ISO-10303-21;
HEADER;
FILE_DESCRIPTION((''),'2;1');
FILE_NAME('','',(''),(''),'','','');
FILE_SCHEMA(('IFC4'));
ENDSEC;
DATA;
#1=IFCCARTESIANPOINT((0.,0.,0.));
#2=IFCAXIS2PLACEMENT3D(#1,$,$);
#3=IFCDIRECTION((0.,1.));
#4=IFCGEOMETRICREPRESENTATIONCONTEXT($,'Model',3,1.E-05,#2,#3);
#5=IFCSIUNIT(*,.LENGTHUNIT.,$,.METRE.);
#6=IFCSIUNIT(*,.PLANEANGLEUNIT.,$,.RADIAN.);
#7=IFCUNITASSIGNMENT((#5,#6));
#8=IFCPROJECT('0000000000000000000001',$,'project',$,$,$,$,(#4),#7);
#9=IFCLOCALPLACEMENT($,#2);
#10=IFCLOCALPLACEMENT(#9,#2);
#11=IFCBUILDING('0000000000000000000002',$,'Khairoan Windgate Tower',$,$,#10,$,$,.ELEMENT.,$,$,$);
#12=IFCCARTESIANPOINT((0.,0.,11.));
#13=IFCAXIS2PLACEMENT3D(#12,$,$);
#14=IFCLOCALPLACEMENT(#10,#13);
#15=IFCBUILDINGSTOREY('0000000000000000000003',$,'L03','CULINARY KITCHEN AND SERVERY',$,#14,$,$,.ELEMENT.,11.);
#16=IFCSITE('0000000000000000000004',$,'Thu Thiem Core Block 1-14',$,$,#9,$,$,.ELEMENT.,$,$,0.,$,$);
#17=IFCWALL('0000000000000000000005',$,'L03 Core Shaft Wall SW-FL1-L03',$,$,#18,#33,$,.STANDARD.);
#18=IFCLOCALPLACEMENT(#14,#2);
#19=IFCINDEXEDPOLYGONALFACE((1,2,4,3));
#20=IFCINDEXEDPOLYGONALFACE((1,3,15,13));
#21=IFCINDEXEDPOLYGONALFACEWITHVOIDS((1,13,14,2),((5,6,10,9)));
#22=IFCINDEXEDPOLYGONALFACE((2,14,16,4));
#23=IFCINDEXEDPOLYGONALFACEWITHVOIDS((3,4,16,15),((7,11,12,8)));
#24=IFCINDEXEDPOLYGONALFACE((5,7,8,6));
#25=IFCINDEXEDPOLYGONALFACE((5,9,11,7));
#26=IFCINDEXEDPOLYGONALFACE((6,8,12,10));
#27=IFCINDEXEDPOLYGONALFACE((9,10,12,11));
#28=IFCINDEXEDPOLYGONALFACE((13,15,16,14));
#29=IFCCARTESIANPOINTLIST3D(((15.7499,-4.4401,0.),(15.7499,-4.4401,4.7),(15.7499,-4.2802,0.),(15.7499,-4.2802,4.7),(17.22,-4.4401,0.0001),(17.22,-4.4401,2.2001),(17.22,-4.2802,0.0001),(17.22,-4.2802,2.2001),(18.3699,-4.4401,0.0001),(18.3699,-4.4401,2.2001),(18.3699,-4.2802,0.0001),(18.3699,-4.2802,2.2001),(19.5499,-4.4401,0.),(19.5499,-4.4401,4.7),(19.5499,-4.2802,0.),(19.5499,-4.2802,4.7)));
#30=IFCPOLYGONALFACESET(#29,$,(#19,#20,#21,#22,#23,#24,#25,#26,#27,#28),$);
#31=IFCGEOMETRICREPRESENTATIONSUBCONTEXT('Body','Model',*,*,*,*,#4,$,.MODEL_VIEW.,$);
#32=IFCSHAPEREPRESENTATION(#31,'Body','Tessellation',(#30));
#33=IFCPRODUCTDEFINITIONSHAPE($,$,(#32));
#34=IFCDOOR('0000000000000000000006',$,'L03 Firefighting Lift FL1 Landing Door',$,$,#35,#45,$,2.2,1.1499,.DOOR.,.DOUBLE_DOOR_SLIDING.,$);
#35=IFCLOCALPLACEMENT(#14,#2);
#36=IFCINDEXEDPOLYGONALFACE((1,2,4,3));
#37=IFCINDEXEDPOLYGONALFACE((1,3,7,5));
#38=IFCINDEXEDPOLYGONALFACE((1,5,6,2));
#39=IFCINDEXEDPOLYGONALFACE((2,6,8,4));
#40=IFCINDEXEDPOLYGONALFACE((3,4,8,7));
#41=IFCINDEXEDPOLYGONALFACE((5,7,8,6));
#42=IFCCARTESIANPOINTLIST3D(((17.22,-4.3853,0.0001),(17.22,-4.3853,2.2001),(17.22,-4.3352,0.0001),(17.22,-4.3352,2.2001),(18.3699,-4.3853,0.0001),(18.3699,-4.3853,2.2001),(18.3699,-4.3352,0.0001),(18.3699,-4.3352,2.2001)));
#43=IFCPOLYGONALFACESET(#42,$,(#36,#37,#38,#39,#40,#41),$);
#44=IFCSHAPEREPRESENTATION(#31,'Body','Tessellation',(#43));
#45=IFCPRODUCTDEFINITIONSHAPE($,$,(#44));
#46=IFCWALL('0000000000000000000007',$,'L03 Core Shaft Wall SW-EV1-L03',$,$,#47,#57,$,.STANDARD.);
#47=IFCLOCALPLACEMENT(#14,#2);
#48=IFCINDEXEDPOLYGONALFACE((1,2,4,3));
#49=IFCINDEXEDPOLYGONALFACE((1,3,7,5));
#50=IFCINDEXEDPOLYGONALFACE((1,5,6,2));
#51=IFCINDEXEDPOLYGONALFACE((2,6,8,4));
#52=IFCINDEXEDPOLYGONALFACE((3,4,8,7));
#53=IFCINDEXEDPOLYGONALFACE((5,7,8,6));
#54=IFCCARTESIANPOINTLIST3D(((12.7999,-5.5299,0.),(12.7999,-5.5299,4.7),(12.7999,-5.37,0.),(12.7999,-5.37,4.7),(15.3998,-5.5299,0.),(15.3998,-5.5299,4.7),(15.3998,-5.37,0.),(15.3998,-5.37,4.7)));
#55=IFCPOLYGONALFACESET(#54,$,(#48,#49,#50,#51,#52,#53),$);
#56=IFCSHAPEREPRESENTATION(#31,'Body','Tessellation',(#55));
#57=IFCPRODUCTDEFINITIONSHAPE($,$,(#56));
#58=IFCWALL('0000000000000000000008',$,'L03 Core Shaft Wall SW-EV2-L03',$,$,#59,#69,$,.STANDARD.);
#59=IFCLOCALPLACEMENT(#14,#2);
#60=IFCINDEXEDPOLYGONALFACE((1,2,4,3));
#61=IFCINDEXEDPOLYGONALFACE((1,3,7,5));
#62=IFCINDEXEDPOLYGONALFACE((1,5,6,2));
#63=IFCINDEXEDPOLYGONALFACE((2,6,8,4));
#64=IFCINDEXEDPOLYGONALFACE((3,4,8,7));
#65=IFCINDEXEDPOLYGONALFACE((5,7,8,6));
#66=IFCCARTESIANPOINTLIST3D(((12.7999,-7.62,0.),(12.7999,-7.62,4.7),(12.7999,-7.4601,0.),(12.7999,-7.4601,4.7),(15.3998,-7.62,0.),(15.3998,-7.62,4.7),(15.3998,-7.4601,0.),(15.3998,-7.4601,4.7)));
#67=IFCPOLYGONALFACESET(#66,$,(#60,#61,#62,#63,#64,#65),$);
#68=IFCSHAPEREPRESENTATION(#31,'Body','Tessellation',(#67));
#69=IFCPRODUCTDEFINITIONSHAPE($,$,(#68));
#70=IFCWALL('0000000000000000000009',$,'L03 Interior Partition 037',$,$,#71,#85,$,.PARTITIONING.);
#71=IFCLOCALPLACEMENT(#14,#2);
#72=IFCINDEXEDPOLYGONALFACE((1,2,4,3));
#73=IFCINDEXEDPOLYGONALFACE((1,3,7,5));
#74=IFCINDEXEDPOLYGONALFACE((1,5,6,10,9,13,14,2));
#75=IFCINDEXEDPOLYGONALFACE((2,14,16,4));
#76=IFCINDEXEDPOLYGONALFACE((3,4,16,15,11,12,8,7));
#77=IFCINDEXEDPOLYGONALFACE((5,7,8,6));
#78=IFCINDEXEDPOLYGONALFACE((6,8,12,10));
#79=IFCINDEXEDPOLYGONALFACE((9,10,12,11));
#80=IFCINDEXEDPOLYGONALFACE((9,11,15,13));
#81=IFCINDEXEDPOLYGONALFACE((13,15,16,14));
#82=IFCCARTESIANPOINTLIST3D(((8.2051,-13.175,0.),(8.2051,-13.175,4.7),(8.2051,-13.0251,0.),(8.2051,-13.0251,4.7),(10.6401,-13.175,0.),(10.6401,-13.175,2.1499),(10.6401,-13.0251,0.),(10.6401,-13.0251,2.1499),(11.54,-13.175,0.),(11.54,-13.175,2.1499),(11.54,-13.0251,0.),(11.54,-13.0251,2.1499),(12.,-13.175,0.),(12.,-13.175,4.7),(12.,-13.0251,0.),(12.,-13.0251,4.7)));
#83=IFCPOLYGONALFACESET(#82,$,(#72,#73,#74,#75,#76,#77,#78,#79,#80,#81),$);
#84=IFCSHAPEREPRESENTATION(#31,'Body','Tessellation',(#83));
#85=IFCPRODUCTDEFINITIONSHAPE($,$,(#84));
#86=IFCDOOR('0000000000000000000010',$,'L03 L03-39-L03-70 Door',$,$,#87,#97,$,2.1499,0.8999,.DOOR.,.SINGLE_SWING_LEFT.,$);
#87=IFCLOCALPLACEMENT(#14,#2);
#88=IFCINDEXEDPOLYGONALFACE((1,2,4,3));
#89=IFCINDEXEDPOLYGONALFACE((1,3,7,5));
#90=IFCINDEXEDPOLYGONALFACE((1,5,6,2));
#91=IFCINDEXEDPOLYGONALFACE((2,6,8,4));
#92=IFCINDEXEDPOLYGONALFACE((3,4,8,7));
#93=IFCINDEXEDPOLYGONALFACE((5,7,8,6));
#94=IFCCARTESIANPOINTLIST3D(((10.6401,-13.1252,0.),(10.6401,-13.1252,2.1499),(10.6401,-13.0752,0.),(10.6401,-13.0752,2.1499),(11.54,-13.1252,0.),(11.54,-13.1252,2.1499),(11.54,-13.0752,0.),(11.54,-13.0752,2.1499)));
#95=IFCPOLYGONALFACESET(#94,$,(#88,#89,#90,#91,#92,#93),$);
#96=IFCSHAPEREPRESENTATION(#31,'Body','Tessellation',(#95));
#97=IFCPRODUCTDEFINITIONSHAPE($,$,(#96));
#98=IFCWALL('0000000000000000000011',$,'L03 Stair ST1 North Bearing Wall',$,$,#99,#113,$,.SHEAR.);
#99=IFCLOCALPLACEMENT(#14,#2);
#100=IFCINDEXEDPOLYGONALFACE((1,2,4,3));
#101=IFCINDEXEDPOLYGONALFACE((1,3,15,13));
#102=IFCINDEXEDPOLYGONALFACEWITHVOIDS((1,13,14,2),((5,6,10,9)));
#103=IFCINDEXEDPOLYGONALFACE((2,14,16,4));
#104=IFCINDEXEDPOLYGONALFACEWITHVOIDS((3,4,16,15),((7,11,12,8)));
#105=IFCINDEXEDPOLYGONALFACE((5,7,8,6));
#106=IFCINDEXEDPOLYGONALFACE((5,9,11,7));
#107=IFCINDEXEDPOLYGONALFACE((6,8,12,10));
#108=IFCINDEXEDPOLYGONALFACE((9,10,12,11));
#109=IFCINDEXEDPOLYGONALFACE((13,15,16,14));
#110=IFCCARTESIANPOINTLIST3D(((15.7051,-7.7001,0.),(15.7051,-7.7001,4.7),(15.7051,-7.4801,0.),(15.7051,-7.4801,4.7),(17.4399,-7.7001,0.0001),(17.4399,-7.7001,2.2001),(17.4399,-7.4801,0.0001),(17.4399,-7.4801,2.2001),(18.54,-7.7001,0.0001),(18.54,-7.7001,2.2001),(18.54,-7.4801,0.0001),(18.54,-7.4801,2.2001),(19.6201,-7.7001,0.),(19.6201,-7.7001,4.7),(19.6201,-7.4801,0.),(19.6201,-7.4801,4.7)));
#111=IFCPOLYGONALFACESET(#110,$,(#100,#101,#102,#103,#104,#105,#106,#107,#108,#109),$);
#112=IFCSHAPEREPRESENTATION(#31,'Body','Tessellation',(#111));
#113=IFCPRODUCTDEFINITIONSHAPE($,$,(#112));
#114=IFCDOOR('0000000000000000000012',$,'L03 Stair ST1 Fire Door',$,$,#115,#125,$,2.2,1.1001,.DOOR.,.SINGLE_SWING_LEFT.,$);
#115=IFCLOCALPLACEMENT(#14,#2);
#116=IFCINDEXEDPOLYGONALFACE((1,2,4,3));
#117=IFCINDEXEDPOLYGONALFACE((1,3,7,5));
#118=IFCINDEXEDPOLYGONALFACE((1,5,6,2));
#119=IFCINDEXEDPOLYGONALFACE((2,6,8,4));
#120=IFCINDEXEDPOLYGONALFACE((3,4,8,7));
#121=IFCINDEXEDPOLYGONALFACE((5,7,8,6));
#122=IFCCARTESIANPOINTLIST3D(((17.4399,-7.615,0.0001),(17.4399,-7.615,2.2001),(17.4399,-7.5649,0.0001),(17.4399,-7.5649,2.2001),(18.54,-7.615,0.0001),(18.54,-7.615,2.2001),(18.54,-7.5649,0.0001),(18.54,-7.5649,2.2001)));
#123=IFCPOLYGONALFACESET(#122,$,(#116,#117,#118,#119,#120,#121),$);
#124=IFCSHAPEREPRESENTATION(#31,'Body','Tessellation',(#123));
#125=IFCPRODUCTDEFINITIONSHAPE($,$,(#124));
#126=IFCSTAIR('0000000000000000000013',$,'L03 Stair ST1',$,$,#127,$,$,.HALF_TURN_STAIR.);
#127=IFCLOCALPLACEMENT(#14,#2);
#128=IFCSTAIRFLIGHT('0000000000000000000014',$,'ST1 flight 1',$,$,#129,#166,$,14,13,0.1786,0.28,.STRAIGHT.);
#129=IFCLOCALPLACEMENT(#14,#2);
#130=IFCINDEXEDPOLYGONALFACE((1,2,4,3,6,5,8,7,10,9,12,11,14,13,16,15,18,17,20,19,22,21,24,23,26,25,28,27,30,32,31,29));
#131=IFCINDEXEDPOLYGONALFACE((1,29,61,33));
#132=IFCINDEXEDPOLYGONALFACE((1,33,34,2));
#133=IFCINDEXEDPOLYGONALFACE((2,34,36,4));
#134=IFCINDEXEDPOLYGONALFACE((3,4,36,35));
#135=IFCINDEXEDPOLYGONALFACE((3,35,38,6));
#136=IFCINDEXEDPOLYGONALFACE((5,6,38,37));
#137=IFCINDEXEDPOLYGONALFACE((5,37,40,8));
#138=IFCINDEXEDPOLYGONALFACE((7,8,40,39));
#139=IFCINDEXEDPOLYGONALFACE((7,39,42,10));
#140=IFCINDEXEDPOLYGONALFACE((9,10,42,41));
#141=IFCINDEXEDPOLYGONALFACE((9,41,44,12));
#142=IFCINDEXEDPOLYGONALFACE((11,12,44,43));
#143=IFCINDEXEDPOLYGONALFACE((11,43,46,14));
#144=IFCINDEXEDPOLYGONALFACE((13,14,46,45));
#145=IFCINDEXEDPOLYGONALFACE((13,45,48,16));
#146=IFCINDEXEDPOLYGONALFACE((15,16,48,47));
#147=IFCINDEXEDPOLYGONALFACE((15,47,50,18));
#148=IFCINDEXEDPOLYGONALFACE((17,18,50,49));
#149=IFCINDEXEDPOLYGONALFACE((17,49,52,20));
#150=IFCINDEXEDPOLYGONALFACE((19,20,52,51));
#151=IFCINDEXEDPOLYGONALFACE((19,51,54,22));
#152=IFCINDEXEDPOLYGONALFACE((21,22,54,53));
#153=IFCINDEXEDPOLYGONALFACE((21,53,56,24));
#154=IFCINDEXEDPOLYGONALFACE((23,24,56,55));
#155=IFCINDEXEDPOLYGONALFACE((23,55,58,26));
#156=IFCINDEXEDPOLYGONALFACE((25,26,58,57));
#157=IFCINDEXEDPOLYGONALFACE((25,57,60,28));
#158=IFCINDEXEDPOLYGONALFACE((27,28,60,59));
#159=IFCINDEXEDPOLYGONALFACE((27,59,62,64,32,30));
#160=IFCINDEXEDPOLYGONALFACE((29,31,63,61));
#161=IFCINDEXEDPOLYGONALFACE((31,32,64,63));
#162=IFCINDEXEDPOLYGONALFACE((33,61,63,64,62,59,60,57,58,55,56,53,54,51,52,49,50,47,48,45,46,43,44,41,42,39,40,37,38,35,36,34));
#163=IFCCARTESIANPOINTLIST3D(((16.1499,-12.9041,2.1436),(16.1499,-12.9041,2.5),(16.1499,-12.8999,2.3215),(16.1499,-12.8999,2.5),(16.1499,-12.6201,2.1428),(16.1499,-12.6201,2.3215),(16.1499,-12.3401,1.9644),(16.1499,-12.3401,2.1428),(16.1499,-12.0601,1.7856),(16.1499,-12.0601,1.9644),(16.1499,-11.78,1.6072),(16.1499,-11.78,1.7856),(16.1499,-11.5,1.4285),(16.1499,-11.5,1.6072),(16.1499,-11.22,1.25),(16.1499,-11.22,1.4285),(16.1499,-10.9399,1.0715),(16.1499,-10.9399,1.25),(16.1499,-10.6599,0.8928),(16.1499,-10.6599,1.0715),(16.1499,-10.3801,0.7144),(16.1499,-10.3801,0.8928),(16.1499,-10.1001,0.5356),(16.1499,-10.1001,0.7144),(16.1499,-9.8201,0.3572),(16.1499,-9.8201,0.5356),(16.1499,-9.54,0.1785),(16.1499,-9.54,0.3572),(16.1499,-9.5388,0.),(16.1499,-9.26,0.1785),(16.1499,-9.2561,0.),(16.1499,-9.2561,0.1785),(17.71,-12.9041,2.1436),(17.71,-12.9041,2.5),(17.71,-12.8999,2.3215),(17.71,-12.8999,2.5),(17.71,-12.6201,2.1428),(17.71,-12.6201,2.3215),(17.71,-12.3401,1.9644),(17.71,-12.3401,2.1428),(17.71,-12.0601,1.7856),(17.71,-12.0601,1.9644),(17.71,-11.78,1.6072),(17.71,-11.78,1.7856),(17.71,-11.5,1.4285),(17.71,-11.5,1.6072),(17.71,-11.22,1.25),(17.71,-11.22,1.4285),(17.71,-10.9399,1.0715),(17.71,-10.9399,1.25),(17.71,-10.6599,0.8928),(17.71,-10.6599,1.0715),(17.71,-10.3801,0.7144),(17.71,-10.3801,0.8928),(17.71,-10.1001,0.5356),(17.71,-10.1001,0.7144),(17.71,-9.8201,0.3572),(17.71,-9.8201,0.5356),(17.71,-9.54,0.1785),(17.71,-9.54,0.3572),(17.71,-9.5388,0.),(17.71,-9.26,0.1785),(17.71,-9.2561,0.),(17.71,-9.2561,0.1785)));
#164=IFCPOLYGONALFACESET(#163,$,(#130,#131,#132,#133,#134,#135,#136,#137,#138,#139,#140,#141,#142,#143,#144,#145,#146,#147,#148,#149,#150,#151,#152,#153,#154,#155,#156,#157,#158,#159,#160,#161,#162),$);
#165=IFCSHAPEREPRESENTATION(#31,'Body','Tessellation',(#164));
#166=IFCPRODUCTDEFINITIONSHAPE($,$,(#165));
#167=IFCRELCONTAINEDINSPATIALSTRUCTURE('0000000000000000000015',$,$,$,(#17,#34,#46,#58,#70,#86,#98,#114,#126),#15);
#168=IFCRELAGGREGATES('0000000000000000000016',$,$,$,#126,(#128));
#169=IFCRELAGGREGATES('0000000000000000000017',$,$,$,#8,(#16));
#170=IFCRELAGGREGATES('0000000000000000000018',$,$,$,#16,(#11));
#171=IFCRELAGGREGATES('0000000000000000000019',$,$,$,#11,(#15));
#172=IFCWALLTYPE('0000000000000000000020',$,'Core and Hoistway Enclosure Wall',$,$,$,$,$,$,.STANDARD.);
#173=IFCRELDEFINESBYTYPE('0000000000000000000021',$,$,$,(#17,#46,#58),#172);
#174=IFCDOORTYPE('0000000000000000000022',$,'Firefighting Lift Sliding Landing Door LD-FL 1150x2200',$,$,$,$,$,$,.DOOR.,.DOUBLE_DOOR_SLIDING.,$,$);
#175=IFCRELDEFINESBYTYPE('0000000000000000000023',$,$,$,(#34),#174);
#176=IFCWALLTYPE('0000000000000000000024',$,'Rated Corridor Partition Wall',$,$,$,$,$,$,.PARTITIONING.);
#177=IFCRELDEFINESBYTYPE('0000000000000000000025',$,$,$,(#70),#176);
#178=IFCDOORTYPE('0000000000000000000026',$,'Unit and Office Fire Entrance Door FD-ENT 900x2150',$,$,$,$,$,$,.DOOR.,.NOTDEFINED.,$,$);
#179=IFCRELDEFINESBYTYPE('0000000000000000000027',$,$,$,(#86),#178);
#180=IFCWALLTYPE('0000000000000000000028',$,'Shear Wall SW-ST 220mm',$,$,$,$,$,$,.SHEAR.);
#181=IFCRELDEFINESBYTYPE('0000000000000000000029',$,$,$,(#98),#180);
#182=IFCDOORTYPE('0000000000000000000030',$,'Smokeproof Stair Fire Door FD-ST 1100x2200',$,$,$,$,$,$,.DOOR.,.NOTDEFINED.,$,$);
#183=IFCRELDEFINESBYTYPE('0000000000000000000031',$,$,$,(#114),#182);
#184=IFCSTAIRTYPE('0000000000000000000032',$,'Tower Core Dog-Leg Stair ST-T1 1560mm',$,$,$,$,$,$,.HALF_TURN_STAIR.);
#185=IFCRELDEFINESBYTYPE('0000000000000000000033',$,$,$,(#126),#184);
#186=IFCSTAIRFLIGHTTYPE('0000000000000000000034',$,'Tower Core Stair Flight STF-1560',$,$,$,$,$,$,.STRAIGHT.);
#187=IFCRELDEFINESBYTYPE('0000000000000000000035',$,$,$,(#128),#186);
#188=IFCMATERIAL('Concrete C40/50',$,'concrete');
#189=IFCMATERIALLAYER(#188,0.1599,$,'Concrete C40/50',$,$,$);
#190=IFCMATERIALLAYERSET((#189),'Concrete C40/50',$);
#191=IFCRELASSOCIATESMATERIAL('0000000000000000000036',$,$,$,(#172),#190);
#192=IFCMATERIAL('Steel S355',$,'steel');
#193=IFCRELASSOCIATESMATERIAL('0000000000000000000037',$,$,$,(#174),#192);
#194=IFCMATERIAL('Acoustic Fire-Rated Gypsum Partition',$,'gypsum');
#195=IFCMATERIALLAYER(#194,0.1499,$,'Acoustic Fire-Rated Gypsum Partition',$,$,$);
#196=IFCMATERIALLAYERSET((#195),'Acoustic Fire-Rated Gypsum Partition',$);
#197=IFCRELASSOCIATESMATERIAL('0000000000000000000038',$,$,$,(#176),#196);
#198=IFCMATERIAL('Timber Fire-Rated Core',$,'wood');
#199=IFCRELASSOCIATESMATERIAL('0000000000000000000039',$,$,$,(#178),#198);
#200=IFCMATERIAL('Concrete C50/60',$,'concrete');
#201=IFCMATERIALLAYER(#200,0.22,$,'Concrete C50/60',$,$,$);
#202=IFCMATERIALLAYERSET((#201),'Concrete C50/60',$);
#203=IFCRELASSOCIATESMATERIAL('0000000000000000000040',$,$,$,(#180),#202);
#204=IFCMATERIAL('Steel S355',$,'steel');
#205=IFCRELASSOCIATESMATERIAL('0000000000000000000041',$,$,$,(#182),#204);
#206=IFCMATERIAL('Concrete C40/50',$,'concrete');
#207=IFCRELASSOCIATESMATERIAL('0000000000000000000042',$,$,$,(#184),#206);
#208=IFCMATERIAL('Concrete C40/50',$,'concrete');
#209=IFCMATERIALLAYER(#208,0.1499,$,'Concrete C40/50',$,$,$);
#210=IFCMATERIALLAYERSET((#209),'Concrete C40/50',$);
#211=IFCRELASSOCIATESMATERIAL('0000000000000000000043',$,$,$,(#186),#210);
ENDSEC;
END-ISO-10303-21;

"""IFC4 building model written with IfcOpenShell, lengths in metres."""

from ifc_helpers import new_model, si_unit, direction, frame, frame_2d, origin, place, context, subcontext, project, spatial, polyline, rectangle, outline, extrude, material, layer, layer_set, type_object, element, fill, aggregate, save


model = new_model("IFC4")

# Units and contexts
model_context = context("Model", 3, precision=1e-05, world=origin(), true_north=direction((0.0, 1.0)))
body_context = subcontext(model_context, "Body", "Model", "MODEL_VIEW")
ifc_project = project(units=[si_unit("LENGTHUNIT", "METRE"), si_unit("PLANEANGLEUNIT", "RADIAN")], contexts=[model_context])

# Site, building, storey
site_placement = place(None, origin())
site = spatial("IfcSite", under=ifc_project, at=site_placement, Name="Thu Thiem Core Block 1-14", CompositionType="ELEMENT", RefElevation=0.0)
building_placement = place(site_placement, origin())
building = spatial("IfcBuilding", under=site, at=building_placement, Name="Khairoan Windgate Tower", CompositionType="ELEMENT")
storey_placement = place(building_placement, frame((0.0, 0.0, 11.0)))
storey = spatial("IfcBuildingStorey", under=building, at=storey_placement, Name="L03", Description="CULINARY KITCHEN AND SERVERY", CompositionType="ELEMENT", Elevation=11.0)

# Wall, opening, door
ifc_material_1 = material(Name="Concrete C40/50", Category="concrete")
ifc_layer_1 = layer(ifc_material_1, 0.1599, Name="Concrete C40/50")
ifc_layer_set_1 = layer_set([ifc_layer_1], Name="Concrete C40/50")
wall_type_1 = type_object("IfcWallType", Name="Core and Hoistway Enclosure Wall", PredefinedType="STANDARD", material=ifc_layer_set_1)
wall_1_placement = place(storey_placement, frame((15.75, -4.3601, 0.0), z_axis=(0.0, 0.0, 1.0), x_axis=(1.0, 0.0, 0.0)))
wall_1 = element("IfcWall", 1, at=wall_1_placement, inside=storey, type_object=wall_type_1, Name="L03 Core Shaft Wall SW-FL1-L03", PredefinedType="STANDARD", context=body_context, shape_type="SweptSolid", body=[
    extrude(rectangle(XDim=3.8, YDim=0.1599, at=frame_2d((1.8999, 0.0))), origin(), (0.0, 0.0, 1.0), 4.7),
])
opening_1_placement = place(wall_1_placement, frame((1.47, 0.0, 0.0)))
opening_1 = element("IfcOpeningElement", 2, at=opening_1_placement, cuts=wall_1, PredefinedType="OPENING", context=body_context, shape_type="SweptSolid", body=[
    extrude(rectangle(XDim=1.1499, YDim=2.2, at=frame_2d((0.575, 1.1001))), frame((0.0, 0.0898, 0.0), z_axis=(0.0, -1.0, 0.0), x_axis=(1.0, 0.0, 0.0)), (0.0, 0.0, 1.0), 0.1799),
])
ifc_material_2 = material(Name="Steel S355", Category="steel")
door_type_1 = type_object("IfcDoorType", Name="Firefighting Lift Sliding Landing Door LD-FL 1150x2200", OperationType="DOUBLE_DOOR_SLIDING", PredefinedType="DOOR", material=ifc_material_2)
door_1_placement = place(opening_1_placement, origin())
door_1 = element("IfcDoor", 3, at=door_1_placement, inside=storey, type_object=door_type_1, Name="L03 Firefighting Lift FL1 Landing Door", OperationType="DOUBLE_DOOR_SLIDING", OverallHeight=2.2, OverallWidth=1.1499, PredefinedType="DOOR", context=body_context, shape_type="SweptSolid", body=[
    extrude(rectangle(XDim=1.1499, YDim=2.2, at=frame_2d((0.575, 1.1001))), frame((0.0, 0.0249, 0.0), z_axis=(0.0, -1.0, 0.0), x_axis=(1.0, 0.0, 0.0)), (0.0, 0.0, 1.0), 0.05),
])
fill(opening_1, door_1)

# Walls
for number, where, z_axis, x_axis, name in (
    (4, (12.8, -5.45, 0.0), (0.0, 0.0, 1.0), (1.0, 0.0, 0.0), "L03 Core Shaft Wall SW-EV1-L03"),
    (5, (12.8, -7.54, 0.0), (0.0, 0.0, 1.0), (1.0, 0.0, 0.0), "L03 Core Shaft Wall SW-EV2-L03"),
):
    element("IfcWall", number, at=place(storey_placement, frame(where, z_axis=z_axis, x_axis=x_axis)), inside=storey, type_object=wall_type_1, Name=name, PredefinedType="STANDARD", context=body_context, shape_type="SweptSolid", body=[
        extrude(rectangle(XDim=2.5999, YDim=0.1599, at=frame_2d((1.2998, 0.0))), origin(), (0.0, 0.0, 1.0), 4.7),
    ])

# Walls, openings, doors
ifc_material_3 = material(Name="Acoustic Fire-Rated Gypsum Partition", Category="gypsum")
ifc_layer_2 = layer(ifc_material_3, 0.1499, Name="Acoustic Fire-Rated Gypsum Partition")
ifc_layer_set_2 = layer_set([ifc_layer_2], Name="Acoustic Fire-Rated Gypsum Partition")
wall_type_2 = type_object("IfcWallType", Name="Rated Corridor Partition Wall", PredefinedType="PARTITIONING", material=ifc_layer_set_2)
wall_2_placement = place(storey_placement, frame((8.2051, -13.1001, 0.0), z_axis=(0.0, 0.0, 1.0), x_axis=(1.0, 0.0, 0.0)))
wall_2 = element("IfcWall", 6, at=wall_2_placement, inside=storey, type_object=wall_type_2, Name="L03 Interior Partition 037", PredefinedType="PARTITIONING", context=body_context, shape_type="SweptSolid", body=[
    extrude(rectangle(XDim=3.7949, YDim=0.1499, at=frame_2d((1.8975, 0.0))), origin(), (0.0, 0.0, 1.0), 4.7),
])
opening_2_placement = place(wall_2_placement, frame((2.4351, 0.0, 0.0)))
opening_2 = element("IfcOpeningElement", 7, at=opening_2_placement, cuts=wall_2, PredefinedType="OPENING", context=body_context, shape_type="SweptSolid", body=[
    extrude(rectangle(XDim=0.8999, YDim=2.1499, at=frame_2d((0.45, 1.075))), frame((0.0, 0.085, 0.0), z_axis=(0.0, -1.0, 0.0), x_axis=(1.0, 0.0, 0.0)), (0.0, 0.0, 1.0), 0.1699),
])
ifc_material_4 = material(Name="Timber Fire-Rated Core", Category="wood")
door_type_2 = type_object("IfcDoorType", Name="Unit and Office Fire Entrance Door FD-ENT 900x2150", OperationType="NOTDEFINED", PredefinedType="DOOR", material=ifc_material_4)
door_2_placement = place(opening_2_placement, origin())
door_2 = element("IfcDoor", 8, at=door_2_placement, inside=storey, type_object=door_type_2, Name="L03 L03-39-L03-70 Door", OperationType="SINGLE_SWING_LEFT", OverallHeight=2.1499, OverallWidth=0.8999, PredefinedType="DOOR", context=body_context, shape_type="SweptSolid", body=[
    extrude(rectangle(XDim=0.8999, YDim=2.1499, at=frame_2d((0.45, 1.075))), frame((0.0, 0.0249, 0.0), z_axis=(0.0, -1.0, 0.0), x_axis=(1.0, 0.0, 0.0)), (0.0, 0.0, 1.0), 0.05),
])
fill(opening_2, door_2)
ifc_material_5 = material(Name="Concrete C50/60", Category="concrete")
ifc_layer_3 = layer(ifc_material_5, 0.22, Name="Concrete C50/60")
ifc_layer_set_3 = layer_set([ifc_layer_3], Name="Concrete C50/60")
wall_type_3 = type_object("IfcWallType", Name="Shear Wall SW-ST 220mm", PredefinedType="SHEAR", material=ifc_layer_set_3)
wall_3_placement = place(storey_placement, frame((19.6201, -7.5901, 0.0), z_axis=(0.0, 0.0, 1.0), x_axis=(-1.0, 0.0, 0.0)))
wall_3 = element("IfcWall", 9, at=wall_3_placement, inside=storey, type_object=wall_type_3, Name="L03 Stair ST1 North Bearing Wall", PredefinedType="SHEAR", context=body_context, shape_type="SweptSolid", body=[
    extrude(rectangle(XDim=3.915, YDim=0.22, at=frame_2d((1.9575, 0.0))), origin(), (0.0, 0.0, 1.0), 4.7),
])
opening_3_placement = place(wall_3_placement, frame((1.0801, 0.0, 0.0)))
opening_3 = element("IfcOpeningElement", 10, at=opening_3_placement, cuts=wall_3, PredefinedType="OPENING", context=body_context, shape_type="SweptSolid", body=[
    extrude(rectangle(XDim=1.1001, YDim=2.2, at=frame_2d((0.55, 1.1001))), frame((0.0, 0.1199, 0.0), z_axis=(0.0, -1.0, 0.0), x_axis=(1.0, 0.0, 0.0)), (0.0, 0.0, 1.0), 0.24),
])
ifc_material_6 = material(Name="Steel S355", Category="steel")
door_type_3 = type_object("IfcDoorType", Name="Smokeproof Stair Fire Door FD-ST 1100x2200", OperationType="NOTDEFINED", PredefinedType="DOOR", material=ifc_material_6)
door_3_placement = place(opening_3_placement, origin())
door_3 = element("IfcDoor", 11, at=door_3_placement, inside=storey, type_object=door_type_3, Name="L03 Stair ST1 Fire Door", OperationType="SINGLE_SWING_LEFT", OverallHeight=2.2, OverallWidth=1.1001, PredefinedType="DOOR", context=body_context, shape_type="SweptSolid", body=[
    extrude(rectangle(XDim=1.1001, YDim=2.2, at=frame_2d((0.55, 1.1001))), frame((0.0, 0.0249, 0.0), z_axis=(0.0, -1.0, 0.0), x_axis=(1.0, 0.0, 0.0)), (0.0, 0.0, 1.0), 0.05),
])
fill(opening_3, door_3)

# Stair, stair flight
ifc_material_7 = material(Name="Concrete C40/50", Category="concrete")
stair_type = type_object("IfcStairType", Name="Tower Core Dog-Leg Stair ST-T1 1560mm", PredefinedType="HALF_TURN_STAIR", material=ifc_material_7)
stair_placement = place(storey_placement, origin())
stair = element("IfcStair", 12, at=stair_placement, inside=storey, type_object=stair_type, Name="L03 Stair ST1", PredefinedType="HALF_TURN_STAIR")
ifc_material_8 = material(Name="Concrete C40/50", Category="concrete")
ifc_layer_4 = layer(ifc_material_8, 0.1499, Name="Concrete C40/50")
ifc_layer_set_4 = layer_set([ifc_layer_4], Name="Concrete C40/50")
stair_flight_type = type_object("IfcStairFlightType", Name="Tower Core Stair Flight STF-1560", PredefinedType="STRAIGHT", material=ifc_layer_set_4)
stair_flight_1_placement = place(storey_placement, frame((16.9299, -9.26, 0.0), z_axis=(0.0, 0.0, 1.0), x_axis=(0.0, -1.0, 0.0)))
stair_flight_1 = element("IfcStairFlight", 13, at=stair_flight_1_placement, type_object=stair_flight_type, Name="ST1 flight 1", NumberOfRisers=14, NumberOfTreads=13, PredefinedType="STRAIGHT", RiserHeight=0.1786, TreadLength=0.28, context=body_context, shape_type="SweptSolid", body=[
    extrude(outline(polyline([(-0.0039, 0.0), (-0.0039, 0.1785), (0.0, 0.1785), (0.28, 0.1785), (0.28, 0.3572), (0.5601, 0.3572), (0.5601, 0.5356), (0.8401, 0.5356), (0.8401, 0.7144), (1.1201, 0.7144), (1.1201, 0.8928), (1.3999, 0.8928), (1.3999, 1.0715), (1.6799, 1.0715), (1.6799, 1.25), (1.96, 1.25), (1.96, 1.4285), (2.24, 1.4285), (2.24, 1.6072), (2.52, 1.6072), (2.52, 1.7856), (2.8, 1.7856), (2.8, 1.9644), (3.0801, 1.9644), (3.0801, 2.1428), (3.3601, 2.1428), (3.3601, 2.3215), (3.6399, 2.3215), (3.6399, 2.5), (3.644, 2.5), (3.644, 2.1436), (0.2788, 0.0), (-0.0039, 0.0)])), frame((0.0, 0.78, 0.0), z_axis=(0.0, -1.0, 0.0), x_axis=(1.0, 0.0, 0.0)), (0.0, 0.0, 1.0), 1.5601),
])
aggregate(stair, [stair_flight_1])

save(model, "model.ifc")
